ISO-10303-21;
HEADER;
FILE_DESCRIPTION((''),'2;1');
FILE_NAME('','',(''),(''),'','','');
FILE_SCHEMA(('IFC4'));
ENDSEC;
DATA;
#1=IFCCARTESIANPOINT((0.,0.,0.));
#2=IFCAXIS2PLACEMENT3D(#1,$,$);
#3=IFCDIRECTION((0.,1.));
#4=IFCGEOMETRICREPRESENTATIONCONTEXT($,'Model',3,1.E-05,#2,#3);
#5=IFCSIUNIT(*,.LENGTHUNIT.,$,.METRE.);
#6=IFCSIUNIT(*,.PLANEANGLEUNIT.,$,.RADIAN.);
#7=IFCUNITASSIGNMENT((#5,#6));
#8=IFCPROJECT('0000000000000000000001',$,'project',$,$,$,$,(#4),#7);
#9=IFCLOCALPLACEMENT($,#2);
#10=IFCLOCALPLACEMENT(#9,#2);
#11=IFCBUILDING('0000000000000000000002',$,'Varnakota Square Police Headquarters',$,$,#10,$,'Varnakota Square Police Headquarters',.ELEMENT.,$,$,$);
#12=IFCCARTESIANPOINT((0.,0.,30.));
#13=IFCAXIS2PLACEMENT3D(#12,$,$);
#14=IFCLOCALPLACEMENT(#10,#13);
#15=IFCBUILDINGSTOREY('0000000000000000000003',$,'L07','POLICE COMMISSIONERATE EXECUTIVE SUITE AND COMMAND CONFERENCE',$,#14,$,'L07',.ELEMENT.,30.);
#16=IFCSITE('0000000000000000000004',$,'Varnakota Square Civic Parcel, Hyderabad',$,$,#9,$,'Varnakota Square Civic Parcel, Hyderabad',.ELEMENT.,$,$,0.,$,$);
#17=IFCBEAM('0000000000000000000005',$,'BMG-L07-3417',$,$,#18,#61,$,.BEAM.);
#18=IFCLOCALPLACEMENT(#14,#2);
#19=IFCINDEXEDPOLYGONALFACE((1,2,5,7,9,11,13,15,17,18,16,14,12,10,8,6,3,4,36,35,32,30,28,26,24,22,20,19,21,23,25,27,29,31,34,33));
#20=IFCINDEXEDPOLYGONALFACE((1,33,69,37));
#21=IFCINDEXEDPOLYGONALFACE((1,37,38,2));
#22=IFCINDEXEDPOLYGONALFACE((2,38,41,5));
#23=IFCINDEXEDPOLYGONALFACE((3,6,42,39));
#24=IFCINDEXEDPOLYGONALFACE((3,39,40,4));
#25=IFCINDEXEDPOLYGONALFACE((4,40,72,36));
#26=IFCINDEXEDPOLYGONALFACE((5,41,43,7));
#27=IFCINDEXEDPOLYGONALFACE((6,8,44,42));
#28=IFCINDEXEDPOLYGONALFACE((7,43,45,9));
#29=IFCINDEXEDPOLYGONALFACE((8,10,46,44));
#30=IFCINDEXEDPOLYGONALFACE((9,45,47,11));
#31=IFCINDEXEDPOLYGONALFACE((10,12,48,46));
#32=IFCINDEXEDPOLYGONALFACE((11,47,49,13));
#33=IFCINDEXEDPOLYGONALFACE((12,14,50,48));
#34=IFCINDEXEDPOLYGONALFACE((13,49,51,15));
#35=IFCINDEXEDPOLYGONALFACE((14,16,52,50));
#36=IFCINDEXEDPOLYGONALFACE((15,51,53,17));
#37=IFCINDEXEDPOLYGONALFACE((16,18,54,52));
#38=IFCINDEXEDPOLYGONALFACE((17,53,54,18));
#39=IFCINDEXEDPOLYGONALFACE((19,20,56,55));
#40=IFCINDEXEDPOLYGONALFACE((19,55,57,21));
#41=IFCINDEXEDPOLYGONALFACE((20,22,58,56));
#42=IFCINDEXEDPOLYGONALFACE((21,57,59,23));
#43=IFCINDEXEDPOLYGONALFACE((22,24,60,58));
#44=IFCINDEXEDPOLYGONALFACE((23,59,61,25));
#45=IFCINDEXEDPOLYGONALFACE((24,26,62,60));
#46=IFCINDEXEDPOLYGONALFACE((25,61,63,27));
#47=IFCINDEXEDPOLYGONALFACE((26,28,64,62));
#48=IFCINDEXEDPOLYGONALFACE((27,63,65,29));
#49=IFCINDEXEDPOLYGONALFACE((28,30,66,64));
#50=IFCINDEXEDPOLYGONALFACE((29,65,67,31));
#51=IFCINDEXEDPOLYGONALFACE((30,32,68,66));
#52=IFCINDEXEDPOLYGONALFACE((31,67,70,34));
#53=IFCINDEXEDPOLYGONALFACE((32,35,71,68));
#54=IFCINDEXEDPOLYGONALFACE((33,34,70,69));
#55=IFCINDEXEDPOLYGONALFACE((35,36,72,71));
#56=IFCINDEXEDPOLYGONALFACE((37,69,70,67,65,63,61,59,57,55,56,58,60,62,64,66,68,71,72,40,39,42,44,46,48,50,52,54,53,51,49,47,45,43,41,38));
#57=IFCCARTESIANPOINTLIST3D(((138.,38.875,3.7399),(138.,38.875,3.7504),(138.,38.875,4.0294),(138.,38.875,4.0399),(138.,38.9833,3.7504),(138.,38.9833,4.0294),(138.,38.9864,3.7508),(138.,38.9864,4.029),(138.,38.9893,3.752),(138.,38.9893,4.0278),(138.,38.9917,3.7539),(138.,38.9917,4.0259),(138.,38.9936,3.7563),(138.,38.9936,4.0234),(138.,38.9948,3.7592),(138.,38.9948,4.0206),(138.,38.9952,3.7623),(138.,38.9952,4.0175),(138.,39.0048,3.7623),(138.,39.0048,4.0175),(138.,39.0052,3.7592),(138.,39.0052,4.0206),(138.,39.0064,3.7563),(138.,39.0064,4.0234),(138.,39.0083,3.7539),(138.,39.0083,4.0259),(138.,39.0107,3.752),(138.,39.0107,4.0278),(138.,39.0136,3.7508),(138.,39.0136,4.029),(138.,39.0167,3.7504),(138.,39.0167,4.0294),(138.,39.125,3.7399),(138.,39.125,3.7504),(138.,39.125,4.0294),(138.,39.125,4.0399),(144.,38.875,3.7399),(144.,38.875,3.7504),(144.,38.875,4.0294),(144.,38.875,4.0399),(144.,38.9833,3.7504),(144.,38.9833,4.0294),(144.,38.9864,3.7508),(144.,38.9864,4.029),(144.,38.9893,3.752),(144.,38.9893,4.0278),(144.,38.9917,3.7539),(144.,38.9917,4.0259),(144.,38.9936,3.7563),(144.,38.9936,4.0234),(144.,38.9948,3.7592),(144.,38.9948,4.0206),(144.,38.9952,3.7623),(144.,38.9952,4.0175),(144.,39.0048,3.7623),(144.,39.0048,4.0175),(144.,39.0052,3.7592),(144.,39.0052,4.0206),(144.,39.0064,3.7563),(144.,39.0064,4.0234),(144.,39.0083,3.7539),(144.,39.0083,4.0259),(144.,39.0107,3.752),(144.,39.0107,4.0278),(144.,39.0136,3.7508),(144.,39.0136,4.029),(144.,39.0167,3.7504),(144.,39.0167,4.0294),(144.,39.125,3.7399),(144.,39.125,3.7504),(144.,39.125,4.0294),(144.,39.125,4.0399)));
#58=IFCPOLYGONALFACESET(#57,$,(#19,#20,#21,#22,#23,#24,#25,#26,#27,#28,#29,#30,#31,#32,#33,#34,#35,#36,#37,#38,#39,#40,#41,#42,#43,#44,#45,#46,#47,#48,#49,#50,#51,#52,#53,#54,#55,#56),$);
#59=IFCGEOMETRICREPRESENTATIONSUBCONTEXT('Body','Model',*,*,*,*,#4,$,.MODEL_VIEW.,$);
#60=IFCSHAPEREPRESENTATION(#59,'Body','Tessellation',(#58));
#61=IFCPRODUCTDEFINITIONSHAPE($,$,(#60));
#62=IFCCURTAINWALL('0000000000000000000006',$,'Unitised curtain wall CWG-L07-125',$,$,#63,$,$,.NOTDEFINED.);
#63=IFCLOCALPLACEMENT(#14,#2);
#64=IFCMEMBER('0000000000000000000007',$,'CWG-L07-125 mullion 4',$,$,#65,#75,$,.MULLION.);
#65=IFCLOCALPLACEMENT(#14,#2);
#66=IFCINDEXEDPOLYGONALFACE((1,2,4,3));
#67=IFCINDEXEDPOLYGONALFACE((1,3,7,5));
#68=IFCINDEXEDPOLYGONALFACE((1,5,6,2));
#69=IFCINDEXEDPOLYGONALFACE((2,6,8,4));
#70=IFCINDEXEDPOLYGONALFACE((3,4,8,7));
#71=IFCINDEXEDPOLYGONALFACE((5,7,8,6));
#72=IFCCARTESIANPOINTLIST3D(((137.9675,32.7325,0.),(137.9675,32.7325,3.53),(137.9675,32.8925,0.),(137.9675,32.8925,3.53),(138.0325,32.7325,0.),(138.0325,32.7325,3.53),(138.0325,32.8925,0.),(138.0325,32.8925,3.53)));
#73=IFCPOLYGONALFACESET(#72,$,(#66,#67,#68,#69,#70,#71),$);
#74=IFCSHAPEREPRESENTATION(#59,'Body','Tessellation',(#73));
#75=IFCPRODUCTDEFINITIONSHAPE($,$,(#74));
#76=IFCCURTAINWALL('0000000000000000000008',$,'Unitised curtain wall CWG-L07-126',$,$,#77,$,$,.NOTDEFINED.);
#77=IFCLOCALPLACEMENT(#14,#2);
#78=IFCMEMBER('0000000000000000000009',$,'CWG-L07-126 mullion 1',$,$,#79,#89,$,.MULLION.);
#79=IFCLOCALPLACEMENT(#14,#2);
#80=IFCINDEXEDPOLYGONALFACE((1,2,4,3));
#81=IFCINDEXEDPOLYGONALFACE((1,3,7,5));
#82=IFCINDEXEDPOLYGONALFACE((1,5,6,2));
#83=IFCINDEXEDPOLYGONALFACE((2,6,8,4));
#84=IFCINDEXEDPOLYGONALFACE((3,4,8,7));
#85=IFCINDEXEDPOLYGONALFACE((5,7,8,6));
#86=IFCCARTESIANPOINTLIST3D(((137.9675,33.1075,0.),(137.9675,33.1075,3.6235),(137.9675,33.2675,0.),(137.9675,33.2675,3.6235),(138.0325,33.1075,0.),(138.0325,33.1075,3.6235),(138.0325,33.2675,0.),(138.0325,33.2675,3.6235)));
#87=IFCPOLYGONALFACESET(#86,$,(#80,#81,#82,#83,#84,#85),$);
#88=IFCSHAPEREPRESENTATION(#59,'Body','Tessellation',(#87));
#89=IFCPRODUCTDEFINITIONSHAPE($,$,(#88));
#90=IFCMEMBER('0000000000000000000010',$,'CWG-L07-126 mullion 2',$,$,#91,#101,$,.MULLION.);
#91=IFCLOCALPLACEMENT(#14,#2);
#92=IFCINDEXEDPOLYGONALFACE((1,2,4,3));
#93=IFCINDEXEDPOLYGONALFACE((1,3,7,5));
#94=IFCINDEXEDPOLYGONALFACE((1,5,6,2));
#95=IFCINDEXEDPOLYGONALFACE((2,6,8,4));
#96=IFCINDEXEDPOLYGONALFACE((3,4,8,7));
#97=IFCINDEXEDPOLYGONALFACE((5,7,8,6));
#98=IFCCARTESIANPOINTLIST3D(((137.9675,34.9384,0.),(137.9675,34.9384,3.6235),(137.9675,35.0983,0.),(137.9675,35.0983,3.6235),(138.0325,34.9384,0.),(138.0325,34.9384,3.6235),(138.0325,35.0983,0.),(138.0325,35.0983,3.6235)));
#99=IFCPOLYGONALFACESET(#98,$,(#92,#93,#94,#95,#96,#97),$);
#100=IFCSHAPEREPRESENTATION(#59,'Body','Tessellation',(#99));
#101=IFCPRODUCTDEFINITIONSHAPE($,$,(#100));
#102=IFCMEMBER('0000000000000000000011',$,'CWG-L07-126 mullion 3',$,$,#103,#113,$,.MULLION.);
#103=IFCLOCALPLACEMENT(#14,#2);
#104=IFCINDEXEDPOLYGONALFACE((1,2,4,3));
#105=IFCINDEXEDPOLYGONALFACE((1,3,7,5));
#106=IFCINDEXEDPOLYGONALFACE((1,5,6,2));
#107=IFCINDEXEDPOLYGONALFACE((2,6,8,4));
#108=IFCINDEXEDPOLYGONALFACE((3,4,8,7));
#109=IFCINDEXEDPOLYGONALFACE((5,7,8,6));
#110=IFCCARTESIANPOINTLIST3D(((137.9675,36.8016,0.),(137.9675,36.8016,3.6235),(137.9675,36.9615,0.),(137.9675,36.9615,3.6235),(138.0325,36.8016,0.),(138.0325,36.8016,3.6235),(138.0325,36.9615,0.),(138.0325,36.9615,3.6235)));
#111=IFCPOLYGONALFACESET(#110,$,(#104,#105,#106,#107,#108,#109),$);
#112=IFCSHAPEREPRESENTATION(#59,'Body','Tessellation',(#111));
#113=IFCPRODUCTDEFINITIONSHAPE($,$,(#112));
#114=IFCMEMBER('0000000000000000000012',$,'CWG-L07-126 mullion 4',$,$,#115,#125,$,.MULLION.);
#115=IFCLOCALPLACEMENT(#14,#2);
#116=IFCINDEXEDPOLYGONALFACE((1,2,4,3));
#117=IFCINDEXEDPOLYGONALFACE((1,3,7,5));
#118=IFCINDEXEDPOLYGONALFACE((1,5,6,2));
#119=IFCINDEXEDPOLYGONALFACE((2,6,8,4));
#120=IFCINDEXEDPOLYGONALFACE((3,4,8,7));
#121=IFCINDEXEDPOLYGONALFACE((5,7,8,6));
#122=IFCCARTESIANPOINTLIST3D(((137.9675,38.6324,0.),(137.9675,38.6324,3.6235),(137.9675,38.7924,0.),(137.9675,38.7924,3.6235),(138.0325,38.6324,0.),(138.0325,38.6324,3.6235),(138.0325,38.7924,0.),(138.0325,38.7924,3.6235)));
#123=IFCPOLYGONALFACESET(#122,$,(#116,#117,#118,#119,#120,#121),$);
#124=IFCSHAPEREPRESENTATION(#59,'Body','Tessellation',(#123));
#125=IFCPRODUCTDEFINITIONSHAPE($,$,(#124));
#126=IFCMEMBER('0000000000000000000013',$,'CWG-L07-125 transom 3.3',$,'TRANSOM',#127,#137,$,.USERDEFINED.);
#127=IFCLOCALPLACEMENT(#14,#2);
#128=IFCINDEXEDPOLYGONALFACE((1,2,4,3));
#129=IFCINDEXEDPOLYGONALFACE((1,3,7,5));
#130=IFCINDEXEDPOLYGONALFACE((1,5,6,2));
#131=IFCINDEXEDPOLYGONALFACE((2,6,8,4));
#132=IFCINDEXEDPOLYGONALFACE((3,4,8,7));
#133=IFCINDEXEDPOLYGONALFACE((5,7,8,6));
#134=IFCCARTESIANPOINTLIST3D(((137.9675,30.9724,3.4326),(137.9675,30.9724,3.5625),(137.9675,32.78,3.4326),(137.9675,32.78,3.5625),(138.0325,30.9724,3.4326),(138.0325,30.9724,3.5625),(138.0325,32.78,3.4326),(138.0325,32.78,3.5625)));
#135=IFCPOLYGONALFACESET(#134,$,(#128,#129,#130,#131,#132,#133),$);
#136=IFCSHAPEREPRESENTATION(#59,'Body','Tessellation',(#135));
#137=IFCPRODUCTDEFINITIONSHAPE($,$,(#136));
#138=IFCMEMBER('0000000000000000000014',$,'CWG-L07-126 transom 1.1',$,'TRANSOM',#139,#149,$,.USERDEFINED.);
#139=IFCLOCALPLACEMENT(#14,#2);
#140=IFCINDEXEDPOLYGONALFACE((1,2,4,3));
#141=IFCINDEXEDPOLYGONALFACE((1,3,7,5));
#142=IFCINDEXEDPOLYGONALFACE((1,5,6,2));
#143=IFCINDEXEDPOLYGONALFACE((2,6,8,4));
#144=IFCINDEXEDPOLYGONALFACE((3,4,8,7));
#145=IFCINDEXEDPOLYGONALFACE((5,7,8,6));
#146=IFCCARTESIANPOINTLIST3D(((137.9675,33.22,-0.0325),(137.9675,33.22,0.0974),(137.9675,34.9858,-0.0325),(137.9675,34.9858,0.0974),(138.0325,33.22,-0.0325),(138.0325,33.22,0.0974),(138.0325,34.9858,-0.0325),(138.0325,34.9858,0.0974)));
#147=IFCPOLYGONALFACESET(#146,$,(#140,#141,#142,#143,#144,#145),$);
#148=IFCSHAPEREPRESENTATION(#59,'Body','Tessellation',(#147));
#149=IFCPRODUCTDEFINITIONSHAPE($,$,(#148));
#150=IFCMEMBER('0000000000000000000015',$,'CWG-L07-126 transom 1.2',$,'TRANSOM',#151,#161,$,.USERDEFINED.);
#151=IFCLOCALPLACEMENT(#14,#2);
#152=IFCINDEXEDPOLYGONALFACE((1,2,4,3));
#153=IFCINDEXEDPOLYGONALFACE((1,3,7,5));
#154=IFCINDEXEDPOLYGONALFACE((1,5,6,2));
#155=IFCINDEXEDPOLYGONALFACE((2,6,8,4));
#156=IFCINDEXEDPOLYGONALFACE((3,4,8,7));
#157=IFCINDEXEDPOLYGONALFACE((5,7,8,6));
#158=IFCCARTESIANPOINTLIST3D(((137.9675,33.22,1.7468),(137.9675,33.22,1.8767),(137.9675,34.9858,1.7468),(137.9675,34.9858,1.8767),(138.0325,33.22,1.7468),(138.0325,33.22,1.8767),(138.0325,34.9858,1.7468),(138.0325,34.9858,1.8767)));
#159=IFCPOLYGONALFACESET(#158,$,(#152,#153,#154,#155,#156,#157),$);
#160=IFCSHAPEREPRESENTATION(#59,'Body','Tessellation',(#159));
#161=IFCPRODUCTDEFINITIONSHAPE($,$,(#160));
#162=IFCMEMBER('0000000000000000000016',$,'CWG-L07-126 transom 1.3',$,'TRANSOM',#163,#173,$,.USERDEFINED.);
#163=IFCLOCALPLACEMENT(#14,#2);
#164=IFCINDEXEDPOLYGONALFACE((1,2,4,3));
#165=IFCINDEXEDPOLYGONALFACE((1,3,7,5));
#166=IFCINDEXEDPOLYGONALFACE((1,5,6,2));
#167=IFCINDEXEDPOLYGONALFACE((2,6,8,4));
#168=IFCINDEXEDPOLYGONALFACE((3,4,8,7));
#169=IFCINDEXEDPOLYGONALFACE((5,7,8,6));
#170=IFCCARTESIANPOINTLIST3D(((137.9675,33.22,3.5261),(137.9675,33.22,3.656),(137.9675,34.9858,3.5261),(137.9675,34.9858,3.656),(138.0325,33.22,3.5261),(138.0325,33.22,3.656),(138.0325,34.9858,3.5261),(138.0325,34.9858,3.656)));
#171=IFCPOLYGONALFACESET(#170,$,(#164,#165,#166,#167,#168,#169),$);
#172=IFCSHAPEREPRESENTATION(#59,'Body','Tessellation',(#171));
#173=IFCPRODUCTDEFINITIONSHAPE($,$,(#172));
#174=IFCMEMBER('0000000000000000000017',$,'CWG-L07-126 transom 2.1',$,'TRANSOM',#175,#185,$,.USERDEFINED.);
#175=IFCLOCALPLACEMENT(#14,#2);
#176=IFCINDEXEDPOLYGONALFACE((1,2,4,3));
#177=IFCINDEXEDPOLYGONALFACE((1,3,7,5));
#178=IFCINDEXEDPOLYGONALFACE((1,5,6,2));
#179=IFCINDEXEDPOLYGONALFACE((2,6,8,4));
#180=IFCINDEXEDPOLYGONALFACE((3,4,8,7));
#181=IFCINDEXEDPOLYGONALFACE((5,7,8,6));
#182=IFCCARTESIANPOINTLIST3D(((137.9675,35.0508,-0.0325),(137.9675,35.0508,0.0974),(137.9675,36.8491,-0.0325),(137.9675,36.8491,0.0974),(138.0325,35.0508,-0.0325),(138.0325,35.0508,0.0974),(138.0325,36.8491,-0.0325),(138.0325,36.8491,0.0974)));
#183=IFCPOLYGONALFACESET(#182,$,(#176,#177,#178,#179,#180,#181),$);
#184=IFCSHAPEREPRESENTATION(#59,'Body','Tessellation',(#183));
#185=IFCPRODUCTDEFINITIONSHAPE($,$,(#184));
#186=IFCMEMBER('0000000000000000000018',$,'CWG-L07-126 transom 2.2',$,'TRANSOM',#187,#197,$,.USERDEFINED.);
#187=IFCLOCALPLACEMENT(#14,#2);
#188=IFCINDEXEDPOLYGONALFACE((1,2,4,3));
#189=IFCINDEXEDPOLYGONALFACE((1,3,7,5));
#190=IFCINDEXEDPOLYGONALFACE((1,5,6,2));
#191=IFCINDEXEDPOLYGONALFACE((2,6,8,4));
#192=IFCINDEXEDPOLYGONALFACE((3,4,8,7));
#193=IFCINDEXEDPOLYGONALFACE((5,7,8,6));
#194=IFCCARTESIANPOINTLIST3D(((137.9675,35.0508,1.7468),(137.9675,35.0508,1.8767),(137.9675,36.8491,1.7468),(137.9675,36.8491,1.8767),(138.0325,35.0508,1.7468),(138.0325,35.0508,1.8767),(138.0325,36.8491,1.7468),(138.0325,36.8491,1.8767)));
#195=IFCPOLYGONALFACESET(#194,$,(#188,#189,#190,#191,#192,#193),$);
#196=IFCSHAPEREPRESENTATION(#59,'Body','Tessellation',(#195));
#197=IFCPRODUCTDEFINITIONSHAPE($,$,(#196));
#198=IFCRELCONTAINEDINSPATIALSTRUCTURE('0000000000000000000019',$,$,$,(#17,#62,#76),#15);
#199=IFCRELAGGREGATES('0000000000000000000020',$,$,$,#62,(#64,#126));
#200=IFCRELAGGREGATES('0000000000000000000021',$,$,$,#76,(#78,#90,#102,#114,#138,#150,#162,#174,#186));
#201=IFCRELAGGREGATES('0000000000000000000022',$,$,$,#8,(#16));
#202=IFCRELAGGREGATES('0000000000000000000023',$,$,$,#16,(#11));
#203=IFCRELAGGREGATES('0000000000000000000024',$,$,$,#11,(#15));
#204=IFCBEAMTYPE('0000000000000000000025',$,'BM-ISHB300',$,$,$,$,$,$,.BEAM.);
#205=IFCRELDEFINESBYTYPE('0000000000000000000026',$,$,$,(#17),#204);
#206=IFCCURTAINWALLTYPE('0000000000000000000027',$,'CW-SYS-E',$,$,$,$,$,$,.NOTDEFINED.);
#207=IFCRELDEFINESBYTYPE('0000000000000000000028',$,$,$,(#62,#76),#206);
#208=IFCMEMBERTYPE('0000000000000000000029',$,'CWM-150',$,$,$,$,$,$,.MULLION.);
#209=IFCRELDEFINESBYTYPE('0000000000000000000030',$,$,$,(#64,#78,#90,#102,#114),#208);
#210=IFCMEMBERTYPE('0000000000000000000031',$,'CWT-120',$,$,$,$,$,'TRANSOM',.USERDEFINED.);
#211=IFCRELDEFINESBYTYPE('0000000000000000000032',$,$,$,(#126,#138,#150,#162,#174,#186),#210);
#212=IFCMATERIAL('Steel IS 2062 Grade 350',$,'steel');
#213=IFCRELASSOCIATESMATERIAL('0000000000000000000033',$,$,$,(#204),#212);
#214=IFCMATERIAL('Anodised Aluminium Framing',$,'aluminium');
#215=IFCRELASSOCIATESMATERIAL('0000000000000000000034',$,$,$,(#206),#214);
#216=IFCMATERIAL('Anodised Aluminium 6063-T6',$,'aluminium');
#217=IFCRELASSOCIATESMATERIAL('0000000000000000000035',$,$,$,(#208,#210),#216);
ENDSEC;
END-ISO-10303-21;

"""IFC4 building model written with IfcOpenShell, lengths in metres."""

from ifc_helpers import new_model, si_unit, direction, frame, origin, origin_2d, place, context, subcontext, project, spatial, rectangle, i_section, extrude, material, material_profile, profile_set, type_object, element, aggregate, save


model = new_model("IFC4")

# Units and contexts
model_context = context("Model", 3, precision=1e-05, world=origin(), true_north=direction((0.0, 1.0)))
body_context = subcontext(model_context, "Body", "Model", "MODEL_VIEW")
ifc_project = project(units=[si_unit("LENGTHUNIT", "METRE"), si_unit("PLANEANGLEUNIT", "RADIAN")], contexts=[model_context])

# Site, building, storey
site_placement = place(None, origin())
site = spatial("IfcSite", under=ifc_project, at=site_placement, Name="Varnakota Square Civic Parcel, Hyderabad", LongName="Varnakota Square Civic Parcel, Hyderabad", CompositionType="ELEMENT", RefElevation=0.0)
building_placement = place(site_placement, origin())
building = spatial("IfcBuilding", under=site, at=building_placement, Name="Varnakota Square Police Headquarters", LongName="Varnakota Square Police Headquarters", CompositionType="ELEMENT")
storey_placement = place(building_placement, frame((0.0, 0.0, 30.0)))
storey = spatial("IfcBuildingStorey", under=building, at=storey_placement, Name="L07", Description="POLICE COMMISSIONERATE EXECUTIVE SUITE AND COMMAND CONFERENCE", LongName="L07", CompositionType="ELEMENT", Elevation=30.0)

# Shared definitions
ifc_material_1 = material(Name="Steel IS 2062 Grade 350", Category="steel")

# Beam
ifc_material_profile_1 = material_profile(ifc_material_1, i_section(OverallWidth=0.25, OverallDepth=0.3, WebThickness=0.0095, FlangeThickness=0.0105, FilletRadius=0.012, at=origin_2d()), Name="ISHB 300")
ifc_profile_set_1 = profile_set([ifc_material_profile_1], Name="Steel IS 2062 Grade 350")
beam_type_1 = type_object("IfcBeamType", Name="BM-ISHB300", PredefinedType="BEAM", material=ifc_profile_set_1)
beam_1_placement = place(storey_placement, frame((138.0, 39.0, 3.8899), z_axis=(1.0, 0.0, 0.0), x_axis=(0.0, 1.0, 0.0)))
element("IfcBeam", 1, at=beam_1_placement, inside=storey, type_object=beam_type_1, Name="BMG-L07-3417", PredefinedType="BEAM", context=body_context, shape_type="SweptSolid", body=[
    extrude(i_section(OverallWidth=0.25, OverallDepth=0.3, WebThickness=0.0095, FlangeThickness=0.0105, FilletRadius=0.012, at=origin_2d()), origin(), (0.0, 0.0, 1.0), 6.0),
])

# Curtain wall, member
ifc_material_2 = material(Name="Anodised Aluminium Framing", Category="aluminium")
curtain_wall_type = type_object("IfcCurtainWallType", Name="CW-SYS-E", PredefinedType="NOTDEFINED", material=ifc_material_2)
curtain_wall_1_placement = place(storey_placement, origin())
curtain_wall_1 = element("IfcCurtainWall", 2, at=curtain_wall_1_placement, inside=storey, type_object=curtain_wall_type, Name="Unitised curtain wall CWG-L07-125", PredefinedType="NOTDEFINED")
ifc_material_3 = material(Name="Anodised Aluminium 6063-T6", Category="aluminium")
ifc_material_profile_2 = material_profile(ifc_material_3, rectangle(XDim=0.0649, YDim=0.1599, at=origin_2d()), Name="ALU MULLION 65x160")
ifc_profile_set_2 = profile_set([ifc_material_profile_2], Name="Anodised Aluminium 6063-T6")
member_type_1 = type_object("IfcMemberType", Name="CWM-150", PredefinedType="MULLION", material=ifc_profile_set_2)
member_1_placement = place(storey_placement, frame((138.0, 32.8125, 0.0), z_axis=(0.0, 0.0, 1.0), x_axis=(-1.0, 0.0, 0.0)))
member_1 = element("IfcMember", 3, at=member_1_placement, type_object=member_type_1, Name="CWG-L07-125 mullion 4", PredefinedType="MULLION", context=body_context, shape_type="SweptSolid", body=[
    extrude(rectangle(XDim=0.0649, YDim=0.1599, at=origin_2d()), origin(), (0.0, 0.0, 1.0), 3.53),
])

# Curtain wall, members
curtain_wall_2_placement = place(storey_placement, origin())
curtain_wall_2 = element("IfcCurtainWall", 4, at=curtain_wall_2_placement, inside=storey, type_object=curtain_wall_type, Name="Unitised curtain wall CWG-L07-126", PredefinedType="NOTDEFINED")
member_2_placement = place(storey_placement, frame((138.0, 33.1875, 0.0), z_axis=(0.0, 0.0, 1.0), x_axis=(-1.0, 0.0, 0.0)))
member_2 = element("IfcMember", 5, at=member_2_placement, type_object=member_type_1, Name="CWG-L07-126 mullion 1", PredefinedType="MULLION", context=body_context, shape_type="SweptSolid", body=[
    extrude(rectangle(XDim=0.0649, YDim=0.1599, at=origin_2d()), origin(), (0.0, 0.0, 1.0), 3.6235),
])
member_3_placement = place(storey_placement, frame((138.0, 35.0183, 0.0), z_axis=(0.0, 0.0, 1.0), x_axis=(-1.0, 0.0, 0.0)))
member_3 = element("IfcMember", 6, at=member_3_placement, type_object=member_type_1, Name="CWG-L07-126 mullion 2", PredefinedType="MULLION", context=body_context, shape_type="SweptSolid", body=[
    extrude(rectangle(XDim=0.0649, YDim=0.1599, at=origin_2d()), origin(), (0.0, 0.0, 1.0), 3.6235),
])
member_4_placement = place(storey_placement, frame((138.0, 36.8816, 0.0), z_axis=(0.0, 0.0, 1.0), x_axis=(-1.0, 0.0, 0.0)))
member_4 = element("IfcMember", 7, at=member_4_placement, type_object=member_type_1, Name="CWG-L07-126 mullion 3", PredefinedType="MULLION", context=body_context, shape_type="SweptSolid", body=[
    extrude(rectangle(XDim=0.0649, YDim=0.1599, at=origin_2d()), origin(), (0.0, 0.0, 1.0), 3.6235),
])
member_5_placement = place(storey_placement, frame((138.0, 38.7124, 0.0), z_axis=(0.0, 0.0, 1.0), x_axis=(-1.0, 0.0, 0.0)))
member_5 = element("IfcMember", 8, at=member_5_placement, type_object=member_type_1, Name="CWG-L07-126 mullion 4", PredefinedType="MULLION", context=body_context, shape_type="SweptSolid", body=[
    extrude(rectangle(XDim=0.0649, YDim=0.1599, at=origin_2d()), origin(), (0.0, 0.0, 1.0), 3.6235),
])

# Members
ifc_material_profile_3 = material_profile(ifc_material_3, rectangle(XDim=0.0649, YDim=0.1299, at=origin_2d()), Name="ALU TRANSOM 65x130")
ifc_profile_set_3 = profile_set([ifc_material_profile_3], Name="Anodised Aluminium 6063-T6")
member_type_2 = type_object("IfcMemberType", Name="CWT-120", ElementType="TRANSOM", PredefinedType="USERDEFINED", material=ifc_profile_set_3)
member_6_placement = place(storey_placement, frame((138.0, 30.9724, 3.4976), z_axis=(0.0, 1.0, 0.0), x_axis=(-1.0, 0.0, 0.0)))
member_6 = element("IfcMember", 9, at=member_6_placement, type_object=member_type_2, Name="CWG-L07-125 transom 3.3", ObjectType="TRANSOM", PredefinedType="USERDEFINED", context=body_context, shape_type="SweptSolid", body=[
    extrude(rectangle(XDim=0.0649, YDim=0.1299, at=origin_2d()), origin(), (0.0, 0.0, 1.0), 1.8076),
])
member_7_placement = place(storey_placement, frame((138.0, 33.22, 0.0325), z_axis=(0.0, 1.0, 0.0), x_axis=(-1.0, 0.0, 0.0)))
member_7 = element("IfcMember", 10, at=member_7_placement, type_object=member_type_2, Name="CWG-L07-126 transom 1.1", ObjectType="TRANSOM", PredefinedType="USERDEFINED", context=body_context, shape_type="SweptSolid", body=[
    extrude(rectangle(XDim=0.0649, YDim=0.1299, at=origin_2d()), origin(), (0.0, 0.0, 1.0), 1.7659),
])
member_8_placement = place(storey_placement, frame((138.0, 33.22, 1.8118), z_axis=(0.0, 1.0, 0.0), x_axis=(-1.0, 0.0, 0.0)))
member_8 = element("IfcMember", 11, at=member_8_placement, type_object=member_type_2, Name="CWG-L07-126 transom 1.2", ObjectType="TRANSOM", PredefinedType="USERDEFINED", context=body_context, shape_type="SweptSolid", body=[
    extrude(rectangle(XDim=0.0649, YDim=0.1299, at=origin_2d()), origin(), (0.0, 0.0, 1.0), 1.7659),
])
member_9_placement = place(storey_placement, frame((138.0, 33.22, 3.5911), z_axis=(0.0, 1.0, 0.0), x_axis=(-1.0, 0.0, 0.0)))
member_9 = element("IfcMember", 12, at=member_9_placement, type_object=member_type_2, Name="CWG-L07-126 transom 1.3", ObjectType="TRANSOM", PredefinedType="USERDEFINED", context=body_context, shape_type="SweptSolid", body=[
    extrude(rectangle(XDim=0.0649, YDim=0.1299, at=origin_2d()), origin(), (0.0, 0.0, 1.0), 1.7659),
])
member_10_placement = place(storey_placement, frame((138.0, 35.0508, 0.0325), z_axis=(0.0, 1.0, 0.0), x_axis=(-1.0, 0.0, 0.0)))
member_10 = element("IfcMember", 13, at=member_10_placement, type_object=member_type_2, Name="CWG-L07-126 transom 2.1", ObjectType="TRANSOM", PredefinedType="USERDEFINED", context=body_context, shape_type="SweptSolid", body=[
    extrude(rectangle(XDim=0.0649, YDim=0.1299, at=origin_2d()), origin(), (0.0, 0.0, 1.0), 1.7983),
])
member_11_placement = place(storey_placement, frame((138.0, 35.0508, 1.8118), z_axis=(0.0, 1.0, 0.0), x_axis=(-1.0, 0.0, 0.0)))
member_11 = element("IfcMember", 14, at=member_11_placement, type_object=member_type_2, Name="CWG-L07-126 transom 2.2", ObjectType="TRANSOM", PredefinedType="USERDEFINED", context=body_context, shape_type="SweptSolid", body=[
    extrude(rectangle(XDim=0.0649, YDim=0.1299, at=origin_2d()), origin(), (0.0, 0.0, 1.0), 1.7983),
])

aggregate(curtain_wall_1, [member_1, member_6])
aggregate(curtain_wall_2, [member_2, member_3, member_4, member_5, member_7, member_8, member_9, member_10, member_11])

save(model, "model.ifc")
